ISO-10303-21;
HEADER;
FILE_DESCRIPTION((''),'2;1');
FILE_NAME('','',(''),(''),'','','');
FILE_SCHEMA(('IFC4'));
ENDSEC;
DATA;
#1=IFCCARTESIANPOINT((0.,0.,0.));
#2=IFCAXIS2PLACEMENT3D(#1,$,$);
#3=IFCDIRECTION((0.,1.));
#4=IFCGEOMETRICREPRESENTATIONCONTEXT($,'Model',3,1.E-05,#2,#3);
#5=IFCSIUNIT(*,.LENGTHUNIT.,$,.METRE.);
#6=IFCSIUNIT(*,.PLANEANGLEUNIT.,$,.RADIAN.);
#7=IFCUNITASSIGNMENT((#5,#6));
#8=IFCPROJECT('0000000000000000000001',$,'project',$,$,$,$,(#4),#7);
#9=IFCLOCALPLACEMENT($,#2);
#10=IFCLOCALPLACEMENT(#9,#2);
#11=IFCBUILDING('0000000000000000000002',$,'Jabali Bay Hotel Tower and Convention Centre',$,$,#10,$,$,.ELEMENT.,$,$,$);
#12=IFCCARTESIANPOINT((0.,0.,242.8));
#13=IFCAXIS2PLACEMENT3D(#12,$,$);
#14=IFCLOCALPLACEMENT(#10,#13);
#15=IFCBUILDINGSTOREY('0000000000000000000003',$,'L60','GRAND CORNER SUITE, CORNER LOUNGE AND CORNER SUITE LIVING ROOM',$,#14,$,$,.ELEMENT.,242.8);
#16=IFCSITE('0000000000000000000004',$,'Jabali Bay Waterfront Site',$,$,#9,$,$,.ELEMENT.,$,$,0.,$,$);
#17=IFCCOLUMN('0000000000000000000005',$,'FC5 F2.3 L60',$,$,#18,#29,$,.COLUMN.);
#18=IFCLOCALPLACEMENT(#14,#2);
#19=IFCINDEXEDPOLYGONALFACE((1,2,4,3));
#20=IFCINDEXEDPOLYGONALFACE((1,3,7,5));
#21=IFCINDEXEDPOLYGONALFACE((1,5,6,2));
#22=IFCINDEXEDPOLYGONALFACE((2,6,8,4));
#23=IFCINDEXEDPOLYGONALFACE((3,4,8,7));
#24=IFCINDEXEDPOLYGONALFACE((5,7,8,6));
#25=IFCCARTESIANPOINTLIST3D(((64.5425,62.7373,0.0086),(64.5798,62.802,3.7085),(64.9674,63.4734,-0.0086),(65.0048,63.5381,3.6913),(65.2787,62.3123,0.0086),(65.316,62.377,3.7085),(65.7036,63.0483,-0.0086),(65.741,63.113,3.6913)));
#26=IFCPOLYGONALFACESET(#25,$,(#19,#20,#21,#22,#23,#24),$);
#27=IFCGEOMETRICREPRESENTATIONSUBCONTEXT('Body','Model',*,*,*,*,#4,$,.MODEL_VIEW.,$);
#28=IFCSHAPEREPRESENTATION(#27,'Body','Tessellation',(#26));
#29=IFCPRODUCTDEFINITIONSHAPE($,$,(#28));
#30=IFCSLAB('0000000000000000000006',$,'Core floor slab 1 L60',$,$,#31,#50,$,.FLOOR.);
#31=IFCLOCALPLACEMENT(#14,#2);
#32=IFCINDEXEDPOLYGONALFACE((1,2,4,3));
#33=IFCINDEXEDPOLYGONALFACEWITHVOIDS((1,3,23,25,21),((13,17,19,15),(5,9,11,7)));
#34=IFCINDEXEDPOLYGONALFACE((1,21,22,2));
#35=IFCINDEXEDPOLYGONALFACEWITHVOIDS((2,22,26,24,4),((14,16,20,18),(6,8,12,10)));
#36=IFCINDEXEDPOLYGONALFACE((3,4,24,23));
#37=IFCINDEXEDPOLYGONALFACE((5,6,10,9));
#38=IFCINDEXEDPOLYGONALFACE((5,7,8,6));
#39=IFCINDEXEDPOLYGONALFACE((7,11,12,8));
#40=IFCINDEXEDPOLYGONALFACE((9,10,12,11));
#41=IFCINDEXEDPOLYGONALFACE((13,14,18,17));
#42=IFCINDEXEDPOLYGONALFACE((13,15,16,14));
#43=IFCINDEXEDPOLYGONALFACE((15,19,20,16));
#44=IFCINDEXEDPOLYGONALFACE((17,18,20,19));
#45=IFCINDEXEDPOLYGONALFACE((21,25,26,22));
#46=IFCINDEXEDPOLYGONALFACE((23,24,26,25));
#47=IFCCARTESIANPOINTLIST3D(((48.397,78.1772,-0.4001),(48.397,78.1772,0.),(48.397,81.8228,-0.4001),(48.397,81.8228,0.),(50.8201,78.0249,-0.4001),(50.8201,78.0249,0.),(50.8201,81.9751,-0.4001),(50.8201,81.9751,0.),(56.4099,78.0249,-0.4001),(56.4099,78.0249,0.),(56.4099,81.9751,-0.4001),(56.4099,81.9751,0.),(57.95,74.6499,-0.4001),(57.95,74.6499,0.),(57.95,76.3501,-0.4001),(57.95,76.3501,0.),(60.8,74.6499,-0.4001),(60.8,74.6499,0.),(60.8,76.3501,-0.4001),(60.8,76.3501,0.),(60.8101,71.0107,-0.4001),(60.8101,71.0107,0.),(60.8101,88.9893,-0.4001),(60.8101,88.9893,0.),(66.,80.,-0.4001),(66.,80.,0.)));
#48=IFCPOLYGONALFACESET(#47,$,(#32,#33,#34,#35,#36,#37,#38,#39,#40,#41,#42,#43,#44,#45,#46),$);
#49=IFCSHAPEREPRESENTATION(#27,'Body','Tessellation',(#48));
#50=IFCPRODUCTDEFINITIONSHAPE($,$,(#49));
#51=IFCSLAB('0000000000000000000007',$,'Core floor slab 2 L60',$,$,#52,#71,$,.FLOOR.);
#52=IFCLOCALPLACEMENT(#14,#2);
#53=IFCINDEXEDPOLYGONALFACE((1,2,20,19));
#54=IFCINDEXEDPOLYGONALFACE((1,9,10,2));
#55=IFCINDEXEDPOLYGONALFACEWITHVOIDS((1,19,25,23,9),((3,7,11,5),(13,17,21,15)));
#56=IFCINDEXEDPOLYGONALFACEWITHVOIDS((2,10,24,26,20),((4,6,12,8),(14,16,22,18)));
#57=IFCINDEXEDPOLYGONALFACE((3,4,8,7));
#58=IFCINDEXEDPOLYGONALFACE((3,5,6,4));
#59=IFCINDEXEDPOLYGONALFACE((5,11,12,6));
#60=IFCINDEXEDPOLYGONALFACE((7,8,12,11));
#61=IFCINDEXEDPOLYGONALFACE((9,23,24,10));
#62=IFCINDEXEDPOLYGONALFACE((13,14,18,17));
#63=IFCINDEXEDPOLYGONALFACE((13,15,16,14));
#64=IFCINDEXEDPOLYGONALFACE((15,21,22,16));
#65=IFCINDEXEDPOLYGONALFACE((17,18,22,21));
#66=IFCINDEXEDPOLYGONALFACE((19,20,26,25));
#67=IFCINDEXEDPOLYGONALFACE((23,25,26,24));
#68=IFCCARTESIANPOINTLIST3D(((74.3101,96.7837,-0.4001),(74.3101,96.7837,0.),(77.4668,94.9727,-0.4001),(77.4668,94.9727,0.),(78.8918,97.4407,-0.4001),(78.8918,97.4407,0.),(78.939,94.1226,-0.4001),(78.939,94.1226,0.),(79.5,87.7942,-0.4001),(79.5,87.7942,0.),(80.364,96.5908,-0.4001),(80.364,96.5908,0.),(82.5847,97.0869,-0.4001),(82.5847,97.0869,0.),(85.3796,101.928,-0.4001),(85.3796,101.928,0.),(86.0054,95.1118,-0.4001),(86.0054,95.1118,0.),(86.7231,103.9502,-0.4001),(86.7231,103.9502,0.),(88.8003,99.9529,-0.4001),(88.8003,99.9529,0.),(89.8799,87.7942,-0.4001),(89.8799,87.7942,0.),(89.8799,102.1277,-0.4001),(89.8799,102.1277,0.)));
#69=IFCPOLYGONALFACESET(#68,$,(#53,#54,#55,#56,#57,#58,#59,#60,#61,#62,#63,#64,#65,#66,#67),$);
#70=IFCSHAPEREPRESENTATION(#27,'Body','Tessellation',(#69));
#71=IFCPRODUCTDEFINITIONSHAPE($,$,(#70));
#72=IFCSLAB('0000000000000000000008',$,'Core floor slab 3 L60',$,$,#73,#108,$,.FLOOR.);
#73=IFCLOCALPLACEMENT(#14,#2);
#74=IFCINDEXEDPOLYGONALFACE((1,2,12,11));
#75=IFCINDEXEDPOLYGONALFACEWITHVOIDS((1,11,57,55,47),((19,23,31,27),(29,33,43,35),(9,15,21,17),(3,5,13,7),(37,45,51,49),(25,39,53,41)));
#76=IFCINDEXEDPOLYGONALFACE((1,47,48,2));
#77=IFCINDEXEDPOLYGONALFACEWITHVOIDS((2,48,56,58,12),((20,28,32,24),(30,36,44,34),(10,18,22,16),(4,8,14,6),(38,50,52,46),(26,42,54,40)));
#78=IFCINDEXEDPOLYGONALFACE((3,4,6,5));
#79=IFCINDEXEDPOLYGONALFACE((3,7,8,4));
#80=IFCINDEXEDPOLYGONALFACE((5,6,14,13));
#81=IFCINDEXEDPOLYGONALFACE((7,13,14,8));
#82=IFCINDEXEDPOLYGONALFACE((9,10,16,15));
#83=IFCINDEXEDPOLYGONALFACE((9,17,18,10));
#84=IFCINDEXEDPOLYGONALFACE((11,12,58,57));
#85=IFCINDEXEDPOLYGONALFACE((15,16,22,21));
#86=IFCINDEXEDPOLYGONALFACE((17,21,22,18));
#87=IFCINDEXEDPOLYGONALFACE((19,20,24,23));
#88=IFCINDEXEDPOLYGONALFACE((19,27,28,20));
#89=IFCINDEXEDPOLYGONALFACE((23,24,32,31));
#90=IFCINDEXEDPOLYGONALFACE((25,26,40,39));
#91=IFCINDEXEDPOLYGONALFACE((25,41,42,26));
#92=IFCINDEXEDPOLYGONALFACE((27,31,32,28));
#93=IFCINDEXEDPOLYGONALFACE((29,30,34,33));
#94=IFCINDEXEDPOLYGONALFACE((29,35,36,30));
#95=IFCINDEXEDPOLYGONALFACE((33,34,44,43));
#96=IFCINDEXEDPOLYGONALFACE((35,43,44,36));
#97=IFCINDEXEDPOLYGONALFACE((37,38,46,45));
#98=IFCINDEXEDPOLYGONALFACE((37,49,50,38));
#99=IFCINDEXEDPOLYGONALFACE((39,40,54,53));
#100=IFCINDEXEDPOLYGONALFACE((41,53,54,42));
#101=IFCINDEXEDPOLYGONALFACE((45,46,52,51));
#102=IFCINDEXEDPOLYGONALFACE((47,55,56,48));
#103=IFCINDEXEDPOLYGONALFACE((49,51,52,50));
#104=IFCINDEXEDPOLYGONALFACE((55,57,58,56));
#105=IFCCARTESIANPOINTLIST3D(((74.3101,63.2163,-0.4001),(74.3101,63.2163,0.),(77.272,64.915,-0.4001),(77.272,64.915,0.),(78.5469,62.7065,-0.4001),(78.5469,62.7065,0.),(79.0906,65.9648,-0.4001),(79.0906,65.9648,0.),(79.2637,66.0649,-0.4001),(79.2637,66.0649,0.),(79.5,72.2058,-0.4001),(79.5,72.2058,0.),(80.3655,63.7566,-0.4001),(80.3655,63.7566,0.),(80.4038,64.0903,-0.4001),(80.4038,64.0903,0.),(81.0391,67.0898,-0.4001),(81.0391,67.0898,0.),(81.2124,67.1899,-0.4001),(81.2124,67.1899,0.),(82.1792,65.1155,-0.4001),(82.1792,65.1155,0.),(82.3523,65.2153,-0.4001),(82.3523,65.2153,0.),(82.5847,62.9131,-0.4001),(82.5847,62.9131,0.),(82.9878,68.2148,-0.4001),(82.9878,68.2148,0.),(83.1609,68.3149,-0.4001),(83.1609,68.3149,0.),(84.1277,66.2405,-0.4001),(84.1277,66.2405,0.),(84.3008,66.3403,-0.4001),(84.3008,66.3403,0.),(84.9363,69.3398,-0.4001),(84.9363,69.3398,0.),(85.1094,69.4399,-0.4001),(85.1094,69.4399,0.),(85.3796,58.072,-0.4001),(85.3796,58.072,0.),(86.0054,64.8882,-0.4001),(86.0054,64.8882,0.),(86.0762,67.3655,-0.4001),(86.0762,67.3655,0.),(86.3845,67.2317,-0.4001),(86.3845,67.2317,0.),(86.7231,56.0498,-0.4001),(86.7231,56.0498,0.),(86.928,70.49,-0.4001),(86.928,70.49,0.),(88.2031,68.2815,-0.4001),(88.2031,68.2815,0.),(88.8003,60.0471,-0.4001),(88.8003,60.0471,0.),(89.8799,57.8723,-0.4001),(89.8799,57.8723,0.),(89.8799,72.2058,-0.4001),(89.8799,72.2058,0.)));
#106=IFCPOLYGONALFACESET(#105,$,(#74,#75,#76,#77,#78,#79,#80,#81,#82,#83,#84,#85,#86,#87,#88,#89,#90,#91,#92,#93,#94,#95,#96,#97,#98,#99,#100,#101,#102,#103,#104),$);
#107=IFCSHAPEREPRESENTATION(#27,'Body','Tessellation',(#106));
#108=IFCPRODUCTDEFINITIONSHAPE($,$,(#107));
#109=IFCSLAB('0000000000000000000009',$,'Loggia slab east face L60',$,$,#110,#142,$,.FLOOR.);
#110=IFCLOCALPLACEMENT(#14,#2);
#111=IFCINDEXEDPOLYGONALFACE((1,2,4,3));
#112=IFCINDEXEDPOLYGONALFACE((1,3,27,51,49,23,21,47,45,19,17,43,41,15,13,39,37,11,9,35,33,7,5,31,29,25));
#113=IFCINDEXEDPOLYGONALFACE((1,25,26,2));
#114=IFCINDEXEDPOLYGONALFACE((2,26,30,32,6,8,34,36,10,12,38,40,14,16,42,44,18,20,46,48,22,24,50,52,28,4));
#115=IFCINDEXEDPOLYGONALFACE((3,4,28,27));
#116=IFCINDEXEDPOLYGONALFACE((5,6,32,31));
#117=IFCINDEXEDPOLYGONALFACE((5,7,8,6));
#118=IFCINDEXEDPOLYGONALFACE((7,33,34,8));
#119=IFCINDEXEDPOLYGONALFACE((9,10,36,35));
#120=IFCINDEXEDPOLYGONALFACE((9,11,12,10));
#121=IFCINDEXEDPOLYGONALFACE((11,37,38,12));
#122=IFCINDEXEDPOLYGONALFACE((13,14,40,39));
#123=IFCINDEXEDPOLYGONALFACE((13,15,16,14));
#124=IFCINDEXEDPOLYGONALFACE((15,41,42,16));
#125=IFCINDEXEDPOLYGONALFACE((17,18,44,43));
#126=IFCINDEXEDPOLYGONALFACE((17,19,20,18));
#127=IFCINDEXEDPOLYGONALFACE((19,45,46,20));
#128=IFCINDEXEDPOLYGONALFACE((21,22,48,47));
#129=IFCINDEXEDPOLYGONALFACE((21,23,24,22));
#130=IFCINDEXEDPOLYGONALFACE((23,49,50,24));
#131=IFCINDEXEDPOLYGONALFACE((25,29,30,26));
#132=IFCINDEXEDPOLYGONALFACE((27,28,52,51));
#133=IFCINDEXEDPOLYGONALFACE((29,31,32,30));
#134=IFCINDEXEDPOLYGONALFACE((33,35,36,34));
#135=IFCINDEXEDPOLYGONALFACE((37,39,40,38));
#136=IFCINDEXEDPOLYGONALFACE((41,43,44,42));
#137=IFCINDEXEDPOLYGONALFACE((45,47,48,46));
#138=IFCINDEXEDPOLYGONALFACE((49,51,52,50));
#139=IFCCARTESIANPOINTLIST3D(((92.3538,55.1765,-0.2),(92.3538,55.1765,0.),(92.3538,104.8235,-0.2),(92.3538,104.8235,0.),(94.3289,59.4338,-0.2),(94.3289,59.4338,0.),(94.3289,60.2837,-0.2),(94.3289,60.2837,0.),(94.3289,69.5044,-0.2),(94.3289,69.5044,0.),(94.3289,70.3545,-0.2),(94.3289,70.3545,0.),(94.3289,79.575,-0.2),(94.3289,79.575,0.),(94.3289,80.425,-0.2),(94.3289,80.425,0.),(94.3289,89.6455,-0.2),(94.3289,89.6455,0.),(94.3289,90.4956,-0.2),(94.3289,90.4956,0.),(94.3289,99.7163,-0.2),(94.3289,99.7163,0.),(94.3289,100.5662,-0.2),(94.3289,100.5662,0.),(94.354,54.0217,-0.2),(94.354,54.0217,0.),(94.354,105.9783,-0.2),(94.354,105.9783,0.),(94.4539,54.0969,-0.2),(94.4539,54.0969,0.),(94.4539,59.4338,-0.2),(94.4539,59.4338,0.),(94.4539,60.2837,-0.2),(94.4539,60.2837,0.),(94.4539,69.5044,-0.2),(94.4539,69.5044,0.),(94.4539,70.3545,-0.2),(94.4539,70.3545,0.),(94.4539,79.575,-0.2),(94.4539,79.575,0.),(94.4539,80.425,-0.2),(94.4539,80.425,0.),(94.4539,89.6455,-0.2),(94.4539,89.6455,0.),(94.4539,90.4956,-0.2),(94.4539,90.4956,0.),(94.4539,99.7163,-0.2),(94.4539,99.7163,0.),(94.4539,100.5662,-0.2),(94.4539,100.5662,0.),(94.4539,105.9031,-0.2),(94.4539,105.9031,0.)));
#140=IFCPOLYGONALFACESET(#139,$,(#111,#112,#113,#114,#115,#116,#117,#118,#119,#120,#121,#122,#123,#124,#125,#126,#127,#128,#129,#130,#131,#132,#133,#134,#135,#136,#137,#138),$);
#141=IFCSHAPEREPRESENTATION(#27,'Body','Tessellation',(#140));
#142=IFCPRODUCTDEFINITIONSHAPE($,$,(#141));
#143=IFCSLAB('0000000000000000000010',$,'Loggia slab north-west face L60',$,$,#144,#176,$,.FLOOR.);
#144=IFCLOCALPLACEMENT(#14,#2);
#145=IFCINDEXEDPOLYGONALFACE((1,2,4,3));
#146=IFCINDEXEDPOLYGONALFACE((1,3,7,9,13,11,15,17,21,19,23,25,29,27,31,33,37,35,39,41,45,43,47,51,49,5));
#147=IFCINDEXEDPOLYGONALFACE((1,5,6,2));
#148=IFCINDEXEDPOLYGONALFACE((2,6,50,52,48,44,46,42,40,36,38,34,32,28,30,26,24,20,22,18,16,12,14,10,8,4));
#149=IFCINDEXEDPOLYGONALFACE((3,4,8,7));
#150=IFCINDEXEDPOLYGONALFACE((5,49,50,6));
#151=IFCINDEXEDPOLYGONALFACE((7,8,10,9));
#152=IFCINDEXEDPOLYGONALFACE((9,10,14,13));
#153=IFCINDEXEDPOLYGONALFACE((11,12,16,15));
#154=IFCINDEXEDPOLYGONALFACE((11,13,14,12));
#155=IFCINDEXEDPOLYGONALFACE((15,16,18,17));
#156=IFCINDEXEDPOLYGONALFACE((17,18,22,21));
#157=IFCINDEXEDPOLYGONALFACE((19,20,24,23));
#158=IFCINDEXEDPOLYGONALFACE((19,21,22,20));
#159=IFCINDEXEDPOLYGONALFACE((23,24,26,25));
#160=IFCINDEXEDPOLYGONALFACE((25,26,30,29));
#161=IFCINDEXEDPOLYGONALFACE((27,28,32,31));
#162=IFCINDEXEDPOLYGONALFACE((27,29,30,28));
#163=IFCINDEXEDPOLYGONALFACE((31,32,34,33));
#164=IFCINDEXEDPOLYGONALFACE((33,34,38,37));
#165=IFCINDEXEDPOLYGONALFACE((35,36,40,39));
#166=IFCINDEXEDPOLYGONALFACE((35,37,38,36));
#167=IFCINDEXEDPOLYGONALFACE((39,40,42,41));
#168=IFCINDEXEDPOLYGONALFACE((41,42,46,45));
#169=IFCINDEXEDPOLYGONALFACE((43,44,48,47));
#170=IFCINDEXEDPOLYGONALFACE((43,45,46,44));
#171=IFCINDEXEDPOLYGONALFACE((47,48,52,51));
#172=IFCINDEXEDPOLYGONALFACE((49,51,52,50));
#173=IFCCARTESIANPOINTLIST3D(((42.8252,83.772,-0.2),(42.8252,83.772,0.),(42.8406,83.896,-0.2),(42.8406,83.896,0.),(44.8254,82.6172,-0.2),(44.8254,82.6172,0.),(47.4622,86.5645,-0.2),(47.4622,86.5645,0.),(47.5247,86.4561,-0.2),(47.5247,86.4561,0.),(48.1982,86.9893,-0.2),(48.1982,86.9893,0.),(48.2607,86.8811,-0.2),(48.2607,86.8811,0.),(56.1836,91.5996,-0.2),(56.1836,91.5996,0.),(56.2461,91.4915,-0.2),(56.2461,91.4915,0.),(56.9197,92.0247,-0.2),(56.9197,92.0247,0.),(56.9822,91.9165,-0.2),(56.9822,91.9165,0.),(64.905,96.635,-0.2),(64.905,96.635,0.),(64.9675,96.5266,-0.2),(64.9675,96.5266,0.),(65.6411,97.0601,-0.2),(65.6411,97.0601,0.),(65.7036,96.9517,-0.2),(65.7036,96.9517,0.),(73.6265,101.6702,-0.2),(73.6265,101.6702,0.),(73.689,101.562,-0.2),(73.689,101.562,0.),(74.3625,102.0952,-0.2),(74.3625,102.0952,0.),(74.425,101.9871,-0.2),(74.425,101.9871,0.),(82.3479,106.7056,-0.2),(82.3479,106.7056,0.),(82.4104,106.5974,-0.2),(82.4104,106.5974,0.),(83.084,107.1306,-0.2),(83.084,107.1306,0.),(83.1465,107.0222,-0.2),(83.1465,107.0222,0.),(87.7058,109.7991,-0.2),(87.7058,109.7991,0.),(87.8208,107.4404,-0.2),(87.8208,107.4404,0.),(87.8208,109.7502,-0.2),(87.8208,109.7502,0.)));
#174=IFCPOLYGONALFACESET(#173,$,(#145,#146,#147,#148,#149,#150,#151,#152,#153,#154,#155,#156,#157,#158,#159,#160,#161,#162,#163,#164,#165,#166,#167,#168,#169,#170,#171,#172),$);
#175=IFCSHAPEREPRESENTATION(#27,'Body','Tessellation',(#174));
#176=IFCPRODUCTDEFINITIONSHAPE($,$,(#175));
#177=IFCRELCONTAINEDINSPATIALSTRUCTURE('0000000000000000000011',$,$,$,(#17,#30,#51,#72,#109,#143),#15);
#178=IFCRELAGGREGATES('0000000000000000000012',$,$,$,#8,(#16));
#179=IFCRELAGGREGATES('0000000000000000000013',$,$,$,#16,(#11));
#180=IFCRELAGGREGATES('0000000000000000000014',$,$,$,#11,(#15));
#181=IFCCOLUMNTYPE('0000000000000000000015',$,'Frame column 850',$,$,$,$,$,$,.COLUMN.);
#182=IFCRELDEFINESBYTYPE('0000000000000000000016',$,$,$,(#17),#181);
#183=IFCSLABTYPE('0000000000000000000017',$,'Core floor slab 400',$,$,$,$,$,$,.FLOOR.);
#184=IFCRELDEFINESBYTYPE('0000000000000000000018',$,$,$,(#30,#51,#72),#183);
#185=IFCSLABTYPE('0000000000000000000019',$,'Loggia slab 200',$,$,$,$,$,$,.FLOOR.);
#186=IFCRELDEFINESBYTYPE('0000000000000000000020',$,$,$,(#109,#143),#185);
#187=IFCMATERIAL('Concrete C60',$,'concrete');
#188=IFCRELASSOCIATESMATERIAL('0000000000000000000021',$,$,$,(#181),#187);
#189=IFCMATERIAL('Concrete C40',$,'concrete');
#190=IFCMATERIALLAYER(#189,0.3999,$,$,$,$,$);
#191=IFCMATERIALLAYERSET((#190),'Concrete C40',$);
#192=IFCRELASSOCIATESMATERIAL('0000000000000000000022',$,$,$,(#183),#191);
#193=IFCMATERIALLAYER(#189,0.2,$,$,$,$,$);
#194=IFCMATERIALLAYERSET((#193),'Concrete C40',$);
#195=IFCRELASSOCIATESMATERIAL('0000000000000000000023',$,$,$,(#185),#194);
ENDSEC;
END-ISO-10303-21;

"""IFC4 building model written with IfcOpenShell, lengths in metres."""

from ifc_helpers import new_model, si_unit, direction, frame, origin, origin_2d, place, context, subcontext, project, spatial, polyline, rectangle, outline, extrude, material, layer, layer_set, material_profile, profile_set, type_object, element, save


model = new_model("IFC4")

# Units and contexts
model_context = context("Model", 3, precision=1e-05, world=origin(), true_north=direction((0.0, 1.0)))
body_context = subcontext(model_context, "Body", "Model", "MODEL_VIEW")
ifc_project = project(units=[si_unit("LENGTHUNIT", "METRE"), si_unit("PLANEANGLEUNIT", "RADIAN")], contexts=[model_context])

# Site, building, storey
site_placement = place(None, origin())
site = spatial("IfcSite", under=ifc_project, at=site_placement, Name="Jabali Bay Waterfront Site", CompositionType="ELEMENT", RefElevation=0.0)
building_placement = place(site_placement, origin())
building = spatial("IfcBuilding", under=site, at=building_placement, Name="Jabali Bay Hotel Tower and Convention Centre", CompositionType="ELEMENT")
storey_placement = place(building_placement, frame((0.0, 0.0, 242.8)))
storey = spatial("IfcBuildingStorey", under=building, at=storey_placement, Name="L60", Description="GRAND CORNER SUITE, CORNER LOUNGE AND CORNER SUITE LIVING ROOM", CompositionType="ELEMENT", Elevation=242.8)

# Column
ifc_material_1 = material(Name="Concrete C60", Category="concrete")
ifc_material_profile = material_profile(ifc_material_1, rectangle(XDim=0.8501, YDim=0.8501, at=origin_2d()), Name="Frame column 850")
ifc_profile_set = profile_set([ifc_material_profile], Name="Concrete C60")
column_type = type_object("IfcColumnType", Name="Frame column 850", PredefinedType="COLUMN", material=ifc_profile_set)
column_placement = place(storey_placement, frame((65.123, 62.8928, 0.0), z_axis=(0.010094, 0.017482, 0.999796), x_axis=(-0.499907, -0.865844, 0.020187)))
element("IfcColumn", 1, at=column_placement, inside=storey, type_object=column_type, Name="FC5 F2.3 L60", PredefinedType="COLUMN", context=body_context, shape_type="SweptSolid", body=[
    extrude(rectangle(XDim=0.8501, YDim=0.8501, at=origin_2d()), origin(), (0.0, 0.0, 1.0), 3.7007),
])

# Slabs
ifc_material_2 = material(Name="Concrete C40", Category="concrete")
ifc_layer_1 = layer(ifc_material_2, 0.3999)
ifc_layer_set_1 = layer_set([ifc_layer_1], Name="Concrete C40")
slab_type_1 = type_object("IfcSlabType", Name="Core floor slab 400", PredefinedType="FLOOR", material=ifc_layer_set_1)
slab_1_placement = place(storey_placement, frame((0.0, 0.0, -0.4001)))
element("IfcSlab", 2, at=slab_1_placement, inside=storey, type_object=slab_type_1, Name="Core floor slab 1 L60", PredefinedType="FLOOR", context=body_context, shape_type="SweptSolid", body=[
    extrude(outline(polyline([(66.0, 80.0), (60.8101, 88.9893), (48.397, 81.8228), (48.397, 78.1772), (60.8101, 71.0107), (66.0, 80.0)]), holes=[polyline([(60.8, 76.3501), (57.95, 76.3501), (57.95, 74.6499), (60.8, 74.6499), (60.8, 76.3501)]), polyline([(50.8201, 81.9751), (50.8201, 78.0249), (56.4099, 78.0249), (56.4099, 81.9751), (50.8201, 81.9751)])]), origin(), (0.0, 0.0, 1.0), 0.4001),
])
slab_2_placement = place(storey_placement, frame((0.0, 0.0, -0.4001)))
element("IfcSlab", 3, at=slab_2_placement, inside=storey, type_object=slab_type_1, Name="Core floor slab 2 L60", PredefinedType="FLOOR", context=body_context, shape_type="SweptSolid", body=[
    extrude(outline(polyline([(79.5, 87.7942), (89.8799, 87.7942), (89.8799, 102.1277), (86.7231, 103.9502), (74.3101, 96.7837), (79.5, 87.7942)]), holes=[polyline([(78.939, 94.1226), (80.364, 96.5908), (78.8918, 97.4407), (77.4668, 94.9727), (78.939, 94.1226)]), polyline([(88.8003, 99.9529), (85.3796, 101.928), (82.5847, 97.0869), (86.0054, 95.1118), (88.8003, 99.9529)])]), origin(), (0.0, 0.0, 1.0), 0.4001),
])
slab_3_placement = place(storey_placement, frame((0.0, 0.0, -0.4001)))
element("IfcSlab", 4, at=slab_3_placement, inside=storey, type_object=slab_type_1, Name="Core floor slab 3 L60", PredefinedType="FLOOR", context=body_context, shape_type="SweptSolid", body=[
    extrude(outline(polyline([(79.5, 72.2058), (74.3101, 63.2163), (86.7231, 56.0498), (89.8799, 57.8723), (89.8799, 72.2058), (79.5, 72.2058)]), holes=[polyline([(82.5847, 62.9131), (85.3796, 58.072), (88.8003, 60.0471), (86.0054, 64.8882), (82.5847, 62.9131)]), polyline([(80.3655, 63.7566), (79.0906, 65.9648), (77.272, 64.915), (78.5469, 62.7065), (80.3655, 63.7566)]), polyline([(82.1792, 65.1155), (81.0391, 67.0898), (79.2637, 66.0649), (80.4038, 64.0903), (82.1792, 65.1155)]), polyline([(82.9878, 68.2148), (81.2124, 67.1899), (82.3523, 65.2153), (84.1277, 66.2405), (82.9878, 68.2148)]), polyline([(86.0762, 67.3655), (84.9363, 69.3398), (83.1609, 68.3149), (84.3008, 66.3403), (86.0762, 67.3655)]), polyline([(88.2031, 68.2815), (86.928, 70.49), (85.1094, 69.4399), (86.3845, 67.2317), (88.2031, 68.2815)])]), origin(), (0.0, 0.0, 1.0), 0.4001),
])
ifc_layer_2 = layer(ifc_material_2, 0.2)
ifc_layer_set_2 = layer_set([ifc_layer_2], Name="Concrete C40")
slab_type_2 = type_object("IfcSlabType", Name="Loggia slab 200", PredefinedType="FLOOR", material=ifc_layer_set_2)
slab_4_placement = place(storey_placement, frame((0.0, 0.0, -0.2)))
element("IfcSlab", 5, at=slab_4_placement, inside=storey, type_object=slab_type_2, Name="Loggia slab east face L60", PredefinedType="FLOOR", context=body_context, shape_type="SweptSolid", body=[
    extrude(outline(polyline([(92.3538, 104.8235), (94.354, 105.9783), (94.4539, 105.9031), (94.4539, 100.5662), (94.3289, 100.5662), (94.3289, 99.7163), (94.4539, 99.7163), (94.4539, 90.4956), (94.3289, 90.4956), (94.3289, 89.6455), (94.4539, 89.6455), (94.4539, 80.425), (94.3289, 80.425), (94.3289, 79.575), (94.4539, 79.575), (94.4539, 70.3545), (94.3289, 70.3545), (94.3289, 69.5044), (94.4539, 69.5044), (94.4539, 60.2837), (94.3289, 60.2837), (94.3289, 59.4338), (94.4539, 59.4338), (94.4539, 54.0969), (94.354, 54.0217), (92.3538, 55.1765), (92.3538, 104.8235)])), origin(), (0.0, 0.0, 1.0), 0.2),
])
slab_5_placement = place(storey_placement, frame((0.0, 0.0, -0.2)))
element("IfcSlab", 6, at=slab_5_placement, inside=storey, type_object=slab_type_2, Name="Loggia slab north-west face L60", PredefinedType="FLOOR", context=body_context, shape_type="SweptSolid", body=[
    extrude(outline(polyline([(44.8254, 82.6172), (42.8252, 83.772), (42.8406, 83.896), (47.4622, 86.5645), (47.5247, 86.4561), (48.2607, 86.8811), (48.1982, 86.9893), (56.1836, 91.5996), (56.2461, 91.4915), (56.9822, 91.9165), (56.9197, 92.0247), (64.905, 96.635), (64.9675, 96.5266), (65.7036, 96.9517), (65.6411, 97.0601), (73.6265, 101.6702), (73.689, 101.562), (74.425, 101.9871), (74.3625, 102.0952), (82.3479, 106.7056), (82.4104, 106.5974), (83.1465, 107.0222), (83.084, 107.1306), (87.7058, 109.7991), (87.8208, 109.7502), (87.8208, 107.4404), (44.8254, 82.6172)])), origin(), (0.0, 0.0, 1.0), 0.2),
])

save(model, "model.ifc")
